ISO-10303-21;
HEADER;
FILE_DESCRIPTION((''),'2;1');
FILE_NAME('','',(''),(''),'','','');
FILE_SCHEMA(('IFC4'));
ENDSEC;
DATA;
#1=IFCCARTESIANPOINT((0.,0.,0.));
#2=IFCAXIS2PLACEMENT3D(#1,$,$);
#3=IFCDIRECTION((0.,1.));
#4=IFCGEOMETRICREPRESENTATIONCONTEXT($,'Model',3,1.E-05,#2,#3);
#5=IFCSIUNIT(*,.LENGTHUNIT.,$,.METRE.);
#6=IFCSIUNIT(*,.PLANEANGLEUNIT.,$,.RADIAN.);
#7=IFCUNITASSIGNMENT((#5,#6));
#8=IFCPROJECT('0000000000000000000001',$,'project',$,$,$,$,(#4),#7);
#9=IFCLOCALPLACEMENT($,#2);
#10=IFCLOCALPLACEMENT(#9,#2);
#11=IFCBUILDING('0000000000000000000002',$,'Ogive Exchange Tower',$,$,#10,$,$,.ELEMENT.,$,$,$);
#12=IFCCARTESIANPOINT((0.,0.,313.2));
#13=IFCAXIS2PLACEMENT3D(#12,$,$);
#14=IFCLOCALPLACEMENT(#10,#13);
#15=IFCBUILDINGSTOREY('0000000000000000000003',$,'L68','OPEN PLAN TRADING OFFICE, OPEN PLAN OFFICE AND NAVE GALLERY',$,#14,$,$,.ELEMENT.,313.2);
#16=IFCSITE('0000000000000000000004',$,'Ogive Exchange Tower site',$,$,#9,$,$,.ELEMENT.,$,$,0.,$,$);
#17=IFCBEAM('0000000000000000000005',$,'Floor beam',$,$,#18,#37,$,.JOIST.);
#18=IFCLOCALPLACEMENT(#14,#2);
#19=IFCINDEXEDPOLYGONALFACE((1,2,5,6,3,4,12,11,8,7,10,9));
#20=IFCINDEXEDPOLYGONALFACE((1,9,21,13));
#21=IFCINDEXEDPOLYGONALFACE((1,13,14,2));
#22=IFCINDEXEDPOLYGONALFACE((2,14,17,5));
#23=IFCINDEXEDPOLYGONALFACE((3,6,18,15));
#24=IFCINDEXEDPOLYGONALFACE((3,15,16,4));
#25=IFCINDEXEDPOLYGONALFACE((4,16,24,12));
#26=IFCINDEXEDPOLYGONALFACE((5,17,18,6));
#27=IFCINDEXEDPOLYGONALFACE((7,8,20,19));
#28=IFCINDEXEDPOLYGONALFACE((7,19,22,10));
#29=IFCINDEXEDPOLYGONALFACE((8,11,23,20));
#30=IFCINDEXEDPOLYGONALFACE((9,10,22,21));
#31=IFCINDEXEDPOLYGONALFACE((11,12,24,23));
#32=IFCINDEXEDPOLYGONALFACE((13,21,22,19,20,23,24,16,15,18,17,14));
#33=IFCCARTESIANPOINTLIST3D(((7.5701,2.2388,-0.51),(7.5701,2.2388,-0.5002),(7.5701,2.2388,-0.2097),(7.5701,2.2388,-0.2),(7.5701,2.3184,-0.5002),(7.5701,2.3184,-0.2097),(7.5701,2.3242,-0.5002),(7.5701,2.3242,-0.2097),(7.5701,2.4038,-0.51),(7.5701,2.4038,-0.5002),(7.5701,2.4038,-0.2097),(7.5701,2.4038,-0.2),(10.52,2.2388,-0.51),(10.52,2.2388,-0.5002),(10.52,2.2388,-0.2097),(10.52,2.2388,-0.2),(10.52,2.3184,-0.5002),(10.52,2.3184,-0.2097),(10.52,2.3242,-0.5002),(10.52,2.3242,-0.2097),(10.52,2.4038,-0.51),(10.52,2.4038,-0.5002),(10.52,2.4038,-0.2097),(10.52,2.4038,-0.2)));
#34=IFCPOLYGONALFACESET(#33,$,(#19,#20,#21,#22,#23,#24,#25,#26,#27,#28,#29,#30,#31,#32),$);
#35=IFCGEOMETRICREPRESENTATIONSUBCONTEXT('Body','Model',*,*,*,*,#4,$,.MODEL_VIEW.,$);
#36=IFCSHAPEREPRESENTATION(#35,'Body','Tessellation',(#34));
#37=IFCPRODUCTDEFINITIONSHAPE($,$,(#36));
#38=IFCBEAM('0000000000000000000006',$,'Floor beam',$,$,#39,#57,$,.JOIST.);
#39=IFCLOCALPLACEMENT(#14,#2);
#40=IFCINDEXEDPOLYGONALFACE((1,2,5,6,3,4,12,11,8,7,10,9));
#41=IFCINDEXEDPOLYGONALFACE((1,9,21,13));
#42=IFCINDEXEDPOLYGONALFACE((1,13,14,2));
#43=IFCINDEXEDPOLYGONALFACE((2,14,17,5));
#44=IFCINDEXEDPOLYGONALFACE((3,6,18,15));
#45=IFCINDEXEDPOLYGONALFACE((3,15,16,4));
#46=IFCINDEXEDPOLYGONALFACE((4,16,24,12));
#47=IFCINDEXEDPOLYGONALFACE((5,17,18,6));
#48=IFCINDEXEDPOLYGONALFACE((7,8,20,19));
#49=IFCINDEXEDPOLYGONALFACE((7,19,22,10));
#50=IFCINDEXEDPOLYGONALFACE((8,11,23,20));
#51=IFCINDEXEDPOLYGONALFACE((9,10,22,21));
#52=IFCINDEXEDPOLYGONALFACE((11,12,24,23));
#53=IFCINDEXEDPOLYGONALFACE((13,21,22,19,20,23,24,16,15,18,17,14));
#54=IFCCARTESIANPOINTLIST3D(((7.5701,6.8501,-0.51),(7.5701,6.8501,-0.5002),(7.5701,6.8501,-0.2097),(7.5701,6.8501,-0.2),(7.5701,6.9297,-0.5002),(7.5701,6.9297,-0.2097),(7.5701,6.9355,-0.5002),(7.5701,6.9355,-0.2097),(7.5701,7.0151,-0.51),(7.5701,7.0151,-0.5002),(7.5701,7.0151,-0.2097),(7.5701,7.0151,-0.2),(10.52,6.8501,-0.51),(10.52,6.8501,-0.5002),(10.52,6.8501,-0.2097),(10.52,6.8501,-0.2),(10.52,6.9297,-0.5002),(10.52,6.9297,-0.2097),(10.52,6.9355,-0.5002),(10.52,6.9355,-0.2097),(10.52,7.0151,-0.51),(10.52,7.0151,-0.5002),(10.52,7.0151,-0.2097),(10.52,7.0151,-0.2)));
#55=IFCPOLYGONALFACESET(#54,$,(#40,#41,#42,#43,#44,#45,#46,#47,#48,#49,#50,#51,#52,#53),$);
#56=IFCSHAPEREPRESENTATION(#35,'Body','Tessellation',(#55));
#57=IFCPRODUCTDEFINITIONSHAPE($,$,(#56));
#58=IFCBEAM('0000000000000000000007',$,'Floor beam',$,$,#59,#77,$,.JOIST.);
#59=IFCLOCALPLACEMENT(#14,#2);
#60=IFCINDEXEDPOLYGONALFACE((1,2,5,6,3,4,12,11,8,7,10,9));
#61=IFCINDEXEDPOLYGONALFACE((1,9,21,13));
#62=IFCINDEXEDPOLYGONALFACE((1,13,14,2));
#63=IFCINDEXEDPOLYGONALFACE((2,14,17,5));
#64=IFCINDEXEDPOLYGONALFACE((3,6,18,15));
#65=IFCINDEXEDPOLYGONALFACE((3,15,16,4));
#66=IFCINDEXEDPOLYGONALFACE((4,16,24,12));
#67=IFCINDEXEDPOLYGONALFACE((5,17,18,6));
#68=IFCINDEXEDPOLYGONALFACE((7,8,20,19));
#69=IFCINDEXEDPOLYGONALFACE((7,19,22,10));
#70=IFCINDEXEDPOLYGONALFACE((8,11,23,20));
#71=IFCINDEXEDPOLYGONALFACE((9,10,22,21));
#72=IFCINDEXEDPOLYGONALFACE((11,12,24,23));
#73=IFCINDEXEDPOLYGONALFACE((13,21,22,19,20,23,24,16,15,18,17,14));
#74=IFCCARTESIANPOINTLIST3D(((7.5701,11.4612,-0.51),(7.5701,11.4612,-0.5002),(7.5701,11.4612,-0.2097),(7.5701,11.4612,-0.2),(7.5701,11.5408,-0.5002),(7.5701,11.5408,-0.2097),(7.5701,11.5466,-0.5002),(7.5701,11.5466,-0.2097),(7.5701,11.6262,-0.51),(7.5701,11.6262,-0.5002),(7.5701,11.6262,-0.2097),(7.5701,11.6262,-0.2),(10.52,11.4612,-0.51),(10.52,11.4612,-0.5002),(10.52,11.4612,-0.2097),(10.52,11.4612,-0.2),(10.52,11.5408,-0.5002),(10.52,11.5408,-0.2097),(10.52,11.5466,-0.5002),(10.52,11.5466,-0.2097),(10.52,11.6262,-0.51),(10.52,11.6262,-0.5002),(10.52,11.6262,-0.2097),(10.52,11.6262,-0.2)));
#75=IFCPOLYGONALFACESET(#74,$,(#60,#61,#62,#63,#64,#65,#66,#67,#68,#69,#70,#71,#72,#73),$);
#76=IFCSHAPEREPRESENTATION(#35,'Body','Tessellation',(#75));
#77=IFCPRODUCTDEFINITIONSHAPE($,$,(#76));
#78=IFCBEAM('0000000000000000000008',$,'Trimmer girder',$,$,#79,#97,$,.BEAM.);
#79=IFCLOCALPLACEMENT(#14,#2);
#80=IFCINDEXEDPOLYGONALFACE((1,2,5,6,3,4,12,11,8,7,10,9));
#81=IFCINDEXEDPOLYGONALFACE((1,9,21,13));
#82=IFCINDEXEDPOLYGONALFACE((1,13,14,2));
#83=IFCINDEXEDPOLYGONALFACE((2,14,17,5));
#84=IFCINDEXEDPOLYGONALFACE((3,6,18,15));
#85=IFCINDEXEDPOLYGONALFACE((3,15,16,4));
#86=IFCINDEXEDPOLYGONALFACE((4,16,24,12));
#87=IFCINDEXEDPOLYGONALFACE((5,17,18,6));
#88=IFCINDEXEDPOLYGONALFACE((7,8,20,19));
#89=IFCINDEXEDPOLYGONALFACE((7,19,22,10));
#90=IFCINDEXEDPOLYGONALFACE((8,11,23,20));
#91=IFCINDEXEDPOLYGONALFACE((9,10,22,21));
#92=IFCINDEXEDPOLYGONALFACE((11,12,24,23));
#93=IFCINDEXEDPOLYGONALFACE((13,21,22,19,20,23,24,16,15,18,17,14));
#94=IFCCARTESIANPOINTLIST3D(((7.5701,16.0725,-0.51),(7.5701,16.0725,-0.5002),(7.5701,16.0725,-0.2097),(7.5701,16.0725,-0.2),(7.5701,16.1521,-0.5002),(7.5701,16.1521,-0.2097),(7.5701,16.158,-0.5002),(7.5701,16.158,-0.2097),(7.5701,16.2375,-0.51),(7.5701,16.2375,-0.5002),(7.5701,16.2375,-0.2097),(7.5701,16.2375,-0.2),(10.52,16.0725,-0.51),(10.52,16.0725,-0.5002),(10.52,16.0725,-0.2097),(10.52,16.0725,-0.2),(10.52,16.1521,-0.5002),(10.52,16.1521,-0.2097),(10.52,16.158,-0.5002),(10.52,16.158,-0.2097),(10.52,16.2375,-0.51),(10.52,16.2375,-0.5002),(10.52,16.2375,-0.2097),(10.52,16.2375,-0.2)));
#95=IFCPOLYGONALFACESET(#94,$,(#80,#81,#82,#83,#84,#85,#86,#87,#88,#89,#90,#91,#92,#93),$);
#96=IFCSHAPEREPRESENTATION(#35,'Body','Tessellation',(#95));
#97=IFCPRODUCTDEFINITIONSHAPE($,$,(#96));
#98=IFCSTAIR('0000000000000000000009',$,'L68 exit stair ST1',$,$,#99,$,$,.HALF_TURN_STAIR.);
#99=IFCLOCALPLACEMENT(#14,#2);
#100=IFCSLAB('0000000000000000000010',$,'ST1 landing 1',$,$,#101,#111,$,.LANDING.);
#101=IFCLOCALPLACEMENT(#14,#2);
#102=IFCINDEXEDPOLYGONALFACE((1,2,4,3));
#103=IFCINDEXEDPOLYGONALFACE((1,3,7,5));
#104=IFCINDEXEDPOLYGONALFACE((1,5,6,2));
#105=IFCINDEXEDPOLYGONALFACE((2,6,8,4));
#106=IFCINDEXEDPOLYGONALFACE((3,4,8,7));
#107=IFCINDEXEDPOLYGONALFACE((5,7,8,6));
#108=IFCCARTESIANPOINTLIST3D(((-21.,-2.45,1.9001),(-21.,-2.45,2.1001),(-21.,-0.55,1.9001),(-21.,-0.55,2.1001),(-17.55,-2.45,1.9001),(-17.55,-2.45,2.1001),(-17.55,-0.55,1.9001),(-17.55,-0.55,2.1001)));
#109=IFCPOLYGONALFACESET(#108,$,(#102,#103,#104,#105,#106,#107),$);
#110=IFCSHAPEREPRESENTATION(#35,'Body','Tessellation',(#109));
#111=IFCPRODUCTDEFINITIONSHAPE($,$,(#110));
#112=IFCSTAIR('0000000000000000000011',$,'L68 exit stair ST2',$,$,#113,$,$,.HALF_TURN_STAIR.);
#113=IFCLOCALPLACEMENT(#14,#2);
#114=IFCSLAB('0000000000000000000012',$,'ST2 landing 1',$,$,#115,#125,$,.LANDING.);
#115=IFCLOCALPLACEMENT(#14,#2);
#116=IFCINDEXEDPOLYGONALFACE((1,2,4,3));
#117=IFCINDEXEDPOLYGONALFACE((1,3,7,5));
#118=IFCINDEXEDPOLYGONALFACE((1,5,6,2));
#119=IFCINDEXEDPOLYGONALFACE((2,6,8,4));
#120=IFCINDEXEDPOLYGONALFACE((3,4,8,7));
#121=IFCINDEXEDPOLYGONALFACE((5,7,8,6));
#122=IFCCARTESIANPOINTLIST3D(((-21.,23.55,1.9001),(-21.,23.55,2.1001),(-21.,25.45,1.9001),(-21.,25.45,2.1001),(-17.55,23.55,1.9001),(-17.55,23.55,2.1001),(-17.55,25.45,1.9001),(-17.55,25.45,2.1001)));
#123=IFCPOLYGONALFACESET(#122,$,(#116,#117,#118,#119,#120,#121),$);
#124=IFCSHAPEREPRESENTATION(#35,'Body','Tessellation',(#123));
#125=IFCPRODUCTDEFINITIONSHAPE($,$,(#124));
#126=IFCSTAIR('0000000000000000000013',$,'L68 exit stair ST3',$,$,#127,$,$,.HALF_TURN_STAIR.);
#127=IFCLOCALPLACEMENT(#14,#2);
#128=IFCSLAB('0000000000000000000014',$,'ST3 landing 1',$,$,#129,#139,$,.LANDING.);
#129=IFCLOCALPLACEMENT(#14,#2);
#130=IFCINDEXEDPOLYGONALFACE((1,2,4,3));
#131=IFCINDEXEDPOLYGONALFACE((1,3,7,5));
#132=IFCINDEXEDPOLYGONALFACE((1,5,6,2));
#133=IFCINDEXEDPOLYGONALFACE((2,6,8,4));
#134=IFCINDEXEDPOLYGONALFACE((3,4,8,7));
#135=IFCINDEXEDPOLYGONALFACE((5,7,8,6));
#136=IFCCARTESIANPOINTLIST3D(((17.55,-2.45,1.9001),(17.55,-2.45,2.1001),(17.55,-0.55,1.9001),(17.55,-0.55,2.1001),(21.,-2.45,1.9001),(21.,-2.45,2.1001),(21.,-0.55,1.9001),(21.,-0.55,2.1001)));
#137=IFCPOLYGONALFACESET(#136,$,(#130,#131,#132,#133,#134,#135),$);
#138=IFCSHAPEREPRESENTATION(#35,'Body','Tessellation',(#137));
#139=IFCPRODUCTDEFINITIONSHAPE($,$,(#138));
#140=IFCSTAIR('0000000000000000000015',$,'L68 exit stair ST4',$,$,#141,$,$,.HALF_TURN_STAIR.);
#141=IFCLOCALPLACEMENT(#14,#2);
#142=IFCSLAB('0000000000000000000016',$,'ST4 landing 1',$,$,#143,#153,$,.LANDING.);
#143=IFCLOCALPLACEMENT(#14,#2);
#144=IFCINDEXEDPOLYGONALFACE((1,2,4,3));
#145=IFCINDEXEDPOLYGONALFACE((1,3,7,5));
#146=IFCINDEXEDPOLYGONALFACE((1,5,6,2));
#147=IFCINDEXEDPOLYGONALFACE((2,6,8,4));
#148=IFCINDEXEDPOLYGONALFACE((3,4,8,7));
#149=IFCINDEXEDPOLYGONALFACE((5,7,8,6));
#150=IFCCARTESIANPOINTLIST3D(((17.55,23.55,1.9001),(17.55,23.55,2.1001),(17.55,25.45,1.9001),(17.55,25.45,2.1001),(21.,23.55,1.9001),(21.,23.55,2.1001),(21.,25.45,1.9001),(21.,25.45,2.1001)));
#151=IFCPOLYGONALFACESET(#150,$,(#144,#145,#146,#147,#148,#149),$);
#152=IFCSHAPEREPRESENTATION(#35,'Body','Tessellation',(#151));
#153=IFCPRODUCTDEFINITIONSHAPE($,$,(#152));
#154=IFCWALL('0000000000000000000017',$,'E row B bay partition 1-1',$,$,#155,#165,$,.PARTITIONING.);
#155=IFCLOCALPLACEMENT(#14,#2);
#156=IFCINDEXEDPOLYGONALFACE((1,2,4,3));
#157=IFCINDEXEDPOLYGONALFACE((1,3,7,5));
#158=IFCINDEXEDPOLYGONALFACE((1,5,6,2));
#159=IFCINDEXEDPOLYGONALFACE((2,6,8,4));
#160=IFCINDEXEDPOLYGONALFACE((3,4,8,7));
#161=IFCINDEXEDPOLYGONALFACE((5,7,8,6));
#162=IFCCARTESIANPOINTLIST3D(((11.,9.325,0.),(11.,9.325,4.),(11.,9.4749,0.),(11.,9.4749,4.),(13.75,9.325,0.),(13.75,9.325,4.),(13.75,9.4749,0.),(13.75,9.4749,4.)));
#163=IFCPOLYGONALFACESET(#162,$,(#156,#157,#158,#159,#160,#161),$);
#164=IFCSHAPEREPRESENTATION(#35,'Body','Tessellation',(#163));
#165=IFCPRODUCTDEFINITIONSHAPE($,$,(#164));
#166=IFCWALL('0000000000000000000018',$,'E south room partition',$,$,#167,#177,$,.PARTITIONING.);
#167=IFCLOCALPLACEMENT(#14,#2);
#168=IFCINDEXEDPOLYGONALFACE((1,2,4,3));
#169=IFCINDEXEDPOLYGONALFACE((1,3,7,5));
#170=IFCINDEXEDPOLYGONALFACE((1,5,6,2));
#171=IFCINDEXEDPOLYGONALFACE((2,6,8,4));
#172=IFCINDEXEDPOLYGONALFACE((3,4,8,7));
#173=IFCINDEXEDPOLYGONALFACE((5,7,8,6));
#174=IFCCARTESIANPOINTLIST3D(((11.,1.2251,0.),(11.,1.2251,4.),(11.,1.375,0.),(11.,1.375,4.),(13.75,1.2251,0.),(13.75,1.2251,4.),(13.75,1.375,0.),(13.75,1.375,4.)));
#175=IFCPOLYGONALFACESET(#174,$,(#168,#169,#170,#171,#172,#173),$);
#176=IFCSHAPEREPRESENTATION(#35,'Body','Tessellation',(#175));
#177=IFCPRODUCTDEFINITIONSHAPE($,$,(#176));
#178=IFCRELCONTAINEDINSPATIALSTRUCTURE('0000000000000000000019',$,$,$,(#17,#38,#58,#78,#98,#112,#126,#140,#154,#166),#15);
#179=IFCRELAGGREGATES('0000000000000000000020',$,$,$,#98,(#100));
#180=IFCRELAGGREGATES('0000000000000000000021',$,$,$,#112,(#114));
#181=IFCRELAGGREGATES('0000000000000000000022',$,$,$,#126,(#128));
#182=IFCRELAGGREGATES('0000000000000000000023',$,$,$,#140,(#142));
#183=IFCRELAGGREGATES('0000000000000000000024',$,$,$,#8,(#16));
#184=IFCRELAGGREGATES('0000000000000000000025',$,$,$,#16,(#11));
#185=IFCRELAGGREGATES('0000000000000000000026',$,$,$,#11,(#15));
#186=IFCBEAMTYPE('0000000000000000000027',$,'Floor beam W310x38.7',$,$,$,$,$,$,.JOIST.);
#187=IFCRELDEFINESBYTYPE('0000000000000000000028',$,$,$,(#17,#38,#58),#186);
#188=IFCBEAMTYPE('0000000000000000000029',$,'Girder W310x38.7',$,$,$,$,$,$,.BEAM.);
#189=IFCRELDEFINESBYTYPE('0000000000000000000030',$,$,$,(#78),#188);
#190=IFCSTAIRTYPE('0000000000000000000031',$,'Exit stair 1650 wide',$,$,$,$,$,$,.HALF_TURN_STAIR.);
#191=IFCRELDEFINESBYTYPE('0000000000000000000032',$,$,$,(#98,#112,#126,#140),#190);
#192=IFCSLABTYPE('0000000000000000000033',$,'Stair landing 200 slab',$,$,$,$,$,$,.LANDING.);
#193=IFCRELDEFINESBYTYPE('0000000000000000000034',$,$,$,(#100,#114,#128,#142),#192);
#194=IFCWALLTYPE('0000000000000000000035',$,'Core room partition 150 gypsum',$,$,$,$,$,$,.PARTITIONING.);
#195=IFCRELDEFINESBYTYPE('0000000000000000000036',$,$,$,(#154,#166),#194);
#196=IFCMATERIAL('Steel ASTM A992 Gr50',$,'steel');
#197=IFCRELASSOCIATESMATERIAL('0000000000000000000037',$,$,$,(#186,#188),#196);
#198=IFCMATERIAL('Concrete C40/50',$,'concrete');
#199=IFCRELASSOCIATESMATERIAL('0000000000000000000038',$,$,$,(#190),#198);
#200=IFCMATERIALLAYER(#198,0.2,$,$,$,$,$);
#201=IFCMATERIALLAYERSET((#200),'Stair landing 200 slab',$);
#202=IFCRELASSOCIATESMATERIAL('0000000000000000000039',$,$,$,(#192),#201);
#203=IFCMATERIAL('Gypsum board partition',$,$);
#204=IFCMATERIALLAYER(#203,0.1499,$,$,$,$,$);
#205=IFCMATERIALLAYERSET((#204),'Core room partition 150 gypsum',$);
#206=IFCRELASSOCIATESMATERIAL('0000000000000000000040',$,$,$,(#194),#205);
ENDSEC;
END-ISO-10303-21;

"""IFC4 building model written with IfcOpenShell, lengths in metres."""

from ifc_helpers import new_model, si_unit, direction, frame, frame_2d, origin, origin_2d, place, context, subcontext, project, spatial, polyline, rectangle, i_section, outline, extrude, material, layer, layer_set, material_profile, profile_set, type_object, element, aggregate, save


model = new_model("IFC4")

# Units and contexts
model_context = context("Model", 3, precision=1e-05, world=origin(), true_north=direction((0.0, 1.0)))
body_context = subcontext(model_context, "Body", "Model", "MODEL_VIEW")
ifc_project = project(units=[si_unit("LENGTHUNIT", "METRE"), si_unit("PLANEANGLEUNIT", "RADIAN")], contexts=[model_context])

# Site, building, storey
site_placement = place(None, origin())
site = spatial("IfcSite", under=ifc_project, at=site_placement, Name="Ogive Exchange Tower site", CompositionType="ELEMENT", RefElevation=0.0)
building_placement = place(site_placement, origin())
building = spatial("IfcBuilding", under=site, at=building_placement, Name="Ogive Exchange Tower", CompositionType="ELEMENT")
storey_placement = place(building_placement, frame((0.0, 0.0, 313.2)))
storey = spatial("IfcBuildingStorey", under=building, at=storey_placement, Name="L68", Description="OPEN PLAN TRADING OFFICE, OPEN PLAN OFFICE AND NAVE GALLERY", CompositionType="ELEMENT", Elevation=313.2)

# Beams
ifc_material_1 = material(Name="Steel ASTM A992 Gr50", Category="steel")
ifc_material_profile_1 = material_profile(ifc_material_1, i_section(OverallWidth=0.165, OverallDepth=0.3101, WebThickness=0.0059, FlangeThickness=0.0098, at=origin_2d()), Name="W310x38.7")
ifc_profile_set_1 = profile_set([ifc_material_profile_1], Name="Steel ASTM A992 Gr50")
beam_type_1 = type_object("IfcBeamType", Name="Floor beam W310x38.7", PredefinedType="JOIST", material=ifc_profile_set_1)
for number, where, z_axis, x_axis, name in (
    (1, (7.5701, 2.3213, -0.355), (1.0, 0.0, 0.0), (0.0, 1.0, 0.0), "Floor beam"),
    (2, (7.5701, 6.9326, -0.355), (1.0, 0.0, 0.0), (0.0, 1.0, 0.0), "Floor beam"),
    (3, (7.5701, 11.5437, -0.355), (1.0, 0.0, 0.0), (0.0, 1.0, 0.0), "Floor beam"),
):
    element("IfcBeam", number, at=place(storey_placement, frame(where, z_axis=z_axis, x_axis=x_axis)), inside=storey, type_object=beam_type_1, Name=name, PredefinedType="JOIST", context=body_context, shape_type="SweptSolid", body=[
        extrude(i_section(OverallWidth=0.165, OverallDepth=0.3101, WebThickness=0.0059, FlangeThickness=0.0098, at=origin_2d()), origin(), (0.0, 0.0, 1.0), 2.95),
    ])
ifc_material_profile_2 = material_profile(ifc_material_1, i_section(OverallWidth=0.165, OverallDepth=0.3101, WebThickness=0.0059, FlangeThickness=0.0098, at=origin_2d()), Name="W310x38.7")
ifc_profile_set_2 = profile_set([ifc_material_profile_2], Name="Steel ASTM A992 Gr50")
beam_type_2 = type_object("IfcBeamType", Name="Girder W310x38.7", PredefinedType="BEAM", material=ifc_profile_set_2)
beam_placement = place(storey_placement, frame((7.5701, 16.155, -0.355), z_axis=(1.0, 0.0, 0.0), x_axis=(0.0, 1.0, 0.0)))
element("IfcBeam", 4, at=beam_placement, inside=storey, type_object=beam_type_2, Name="Trimmer girder", PredefinedType="BEAM", context=body_context, shape_type="SweptSolid", body=[
    extrude(i_section(OverallWidth=0.165, OverallDepth=0.3101, WebThickness=0.0059, FlangeThickness=0.0098, at=origin_2d()), origin(), (0.0, 0.0, 1.0), 2.95),
])

# Stairs, slabs
ifc_material_2 = material(Name="Concrete C40/50", Category="concrete")
stair_type = type_object("IfcStairType", Name="Exit stair 1650 wide", PredefinedType="HALF_TURN_STAIR", material=ifc_material_2)
stair_1_placement = place(storey_placement, origin())
stair_1 = element("IfcStair", 5, at=stair_1_placement, inside=storey, type_object=stair_type, Name="L68 exit stair ST1", PredefinedType="HALF_TURN_STAIR")
ifc_layer_1 = layer(ifc_material_2, 0.2)
ifc_layer_set_1 = layer_set([ifc_layer_1], Name="Stair landing 200 slab")
slab_type = type_object("IfcSlabType", Name="Stair landing 200 slab", PredefinedType="LANDING", material=ifc_layer_set_1)
slab_1_placement = place(storey_placement, frame((0.0, 0.0, 1.9001)))
slab_1 = element("IfcSlab", 6, at=slab_1_placement, type_object=slab_type, Name="ST1 landing 1", PredefinedType="LANDING", context=body_context, shape_type="SweptSolid", body=[
    extrude(outline(polyline([(-21.0, -0.55), (-21.0, -2.45), (-17.55, -2.45), (-17.55, -0.55), (-21.0, -0.55)])), origin(), (0.0, 0.0, 1.0), 0.2),
])
aggregate(stair_1, [slab_1])
stair_2_placement = place(storey_placement, origin())
stair_2 = element("IfcStair", 7, at=stair_2_placement, inside=storey, type_object=stair_type, Name="L68 exit stair ST2", PredefinedType="HALF_TURN_STAIR")
slab_2_placement = place(storey_placement, frame((0.0, 0.0, 1.9001)))
slab_2 = element("IfcSlab", 8, at=slab_2_placement, type_object=slab_type, Name="ST2 landing 1", PredefinedType="LANDING", context=body_context, shape_type="SweptSolid", body=[
    extrude(outline(polyline([(-17.55, 23.55), (-17.55, 25.45), (-21.0, 25.45), (-21.0, 23.55), (-17.55, 23.55)])), origin(), (0.0, 0.0, 1.0), 0.2),
])
aggregate(stair_2, [slab_2])
stair_3_placement = place(storey_placement, origin())
stair_3 = element("IfcStair", 9, at=stair_3_placement, inside=storey, type_object=stair_type, Name="L68 exit stair ST3", PredefinedType="HALF_TURN_STAIR")
slab_3_placement = place(storey_placement, frame((0.0, 0.0, 1.9001)))
slab_3 = element("IfcSlab", 10, at=slab_3_placement, type_object=slab_type, Name="ST3 landing 1", PredefinedType="LANDING", context=body_context, shape_type="SweptSolid", body=[
    extrude(outline(polyline([(17.55, -0.55), (17.55, -2.45), (21.0, -2.45), (21.0, -0.55), (17.55, -0.55)])), origin(), (0.0, 0.0, 1.0), 0.2),
])
aggregate(stair_3, [slab_3])
stair_4_placement = place(storey_placement, origin())
stair_4 = element("IfcStair", 11, at=stair_4_placement, inside=storey, type_object=stair_type, Name="L68 exit stair ST4", PredefinedType="HALF_TURN_STAIR")
slab_4_placement = place(storey_placement, frame((0.0, 0.0, 1.9001)))
slab_4 = element("IfcSlab", 12, at=slab_4_placement, type_object=slab_type, Name="ST4 landing 1", PredefinedType="LANDING", context=body_context, shape_type="SweptSolid", body=[
    extrude(outline(polyline([(21.0, 23.55), (21.0, 25.45), (17.55, 25.45), (17.55, 23.55), (21.0, 23.55)])), origin(), (0.0, 0.0, 1.0), 0.2),
])
aggregate(stair_4, [slab_4])

# Walls
ifc_material_3 = material(Name="Gypsum board partition")
ifc_layer_2 = layer(ifc_material_3, 0.1499)
ifc_layer_set_2 = layer_set([ifc_layer_2], Name="Core room partition 150 gypsum")
wall_type_1 = type_object("IfcWallType", Name="Core room partition 150 gypsum", PredefinedType="PARTITIONING", material=ifc_layer_set_2)
for number, where, z_axis, x_axis, name in (
    (13, (11.0, 9.3999, 0.0), (0.0, 0.0, 1.0), (1.0, 0.0, 0.0), "E row B bay partition 1-1"),
    (14, (11.0, 1.3, 0.0), (0.0, 0.0, 1.0), (1.0, 0.0, 0.0), "E south room partition"),
):
    element("IfcWall", number, at=place(storey_placement, frame(where, z_axis=z_axis, x_axis=x_axis)), inside=storey, type_object=wall_type_1, Name=name, PredefinedType="PARTITIONING", context=body_context, shape_type="SweptSolid", body=[
        extrude(rectangle(XDim=2.75, YDim=0.1499, at=frame_2d((1.375, 0.0))), origin(), (0.0, 0.0, 1.0), 4.0),
    ])

save(model, "model.ifc")
